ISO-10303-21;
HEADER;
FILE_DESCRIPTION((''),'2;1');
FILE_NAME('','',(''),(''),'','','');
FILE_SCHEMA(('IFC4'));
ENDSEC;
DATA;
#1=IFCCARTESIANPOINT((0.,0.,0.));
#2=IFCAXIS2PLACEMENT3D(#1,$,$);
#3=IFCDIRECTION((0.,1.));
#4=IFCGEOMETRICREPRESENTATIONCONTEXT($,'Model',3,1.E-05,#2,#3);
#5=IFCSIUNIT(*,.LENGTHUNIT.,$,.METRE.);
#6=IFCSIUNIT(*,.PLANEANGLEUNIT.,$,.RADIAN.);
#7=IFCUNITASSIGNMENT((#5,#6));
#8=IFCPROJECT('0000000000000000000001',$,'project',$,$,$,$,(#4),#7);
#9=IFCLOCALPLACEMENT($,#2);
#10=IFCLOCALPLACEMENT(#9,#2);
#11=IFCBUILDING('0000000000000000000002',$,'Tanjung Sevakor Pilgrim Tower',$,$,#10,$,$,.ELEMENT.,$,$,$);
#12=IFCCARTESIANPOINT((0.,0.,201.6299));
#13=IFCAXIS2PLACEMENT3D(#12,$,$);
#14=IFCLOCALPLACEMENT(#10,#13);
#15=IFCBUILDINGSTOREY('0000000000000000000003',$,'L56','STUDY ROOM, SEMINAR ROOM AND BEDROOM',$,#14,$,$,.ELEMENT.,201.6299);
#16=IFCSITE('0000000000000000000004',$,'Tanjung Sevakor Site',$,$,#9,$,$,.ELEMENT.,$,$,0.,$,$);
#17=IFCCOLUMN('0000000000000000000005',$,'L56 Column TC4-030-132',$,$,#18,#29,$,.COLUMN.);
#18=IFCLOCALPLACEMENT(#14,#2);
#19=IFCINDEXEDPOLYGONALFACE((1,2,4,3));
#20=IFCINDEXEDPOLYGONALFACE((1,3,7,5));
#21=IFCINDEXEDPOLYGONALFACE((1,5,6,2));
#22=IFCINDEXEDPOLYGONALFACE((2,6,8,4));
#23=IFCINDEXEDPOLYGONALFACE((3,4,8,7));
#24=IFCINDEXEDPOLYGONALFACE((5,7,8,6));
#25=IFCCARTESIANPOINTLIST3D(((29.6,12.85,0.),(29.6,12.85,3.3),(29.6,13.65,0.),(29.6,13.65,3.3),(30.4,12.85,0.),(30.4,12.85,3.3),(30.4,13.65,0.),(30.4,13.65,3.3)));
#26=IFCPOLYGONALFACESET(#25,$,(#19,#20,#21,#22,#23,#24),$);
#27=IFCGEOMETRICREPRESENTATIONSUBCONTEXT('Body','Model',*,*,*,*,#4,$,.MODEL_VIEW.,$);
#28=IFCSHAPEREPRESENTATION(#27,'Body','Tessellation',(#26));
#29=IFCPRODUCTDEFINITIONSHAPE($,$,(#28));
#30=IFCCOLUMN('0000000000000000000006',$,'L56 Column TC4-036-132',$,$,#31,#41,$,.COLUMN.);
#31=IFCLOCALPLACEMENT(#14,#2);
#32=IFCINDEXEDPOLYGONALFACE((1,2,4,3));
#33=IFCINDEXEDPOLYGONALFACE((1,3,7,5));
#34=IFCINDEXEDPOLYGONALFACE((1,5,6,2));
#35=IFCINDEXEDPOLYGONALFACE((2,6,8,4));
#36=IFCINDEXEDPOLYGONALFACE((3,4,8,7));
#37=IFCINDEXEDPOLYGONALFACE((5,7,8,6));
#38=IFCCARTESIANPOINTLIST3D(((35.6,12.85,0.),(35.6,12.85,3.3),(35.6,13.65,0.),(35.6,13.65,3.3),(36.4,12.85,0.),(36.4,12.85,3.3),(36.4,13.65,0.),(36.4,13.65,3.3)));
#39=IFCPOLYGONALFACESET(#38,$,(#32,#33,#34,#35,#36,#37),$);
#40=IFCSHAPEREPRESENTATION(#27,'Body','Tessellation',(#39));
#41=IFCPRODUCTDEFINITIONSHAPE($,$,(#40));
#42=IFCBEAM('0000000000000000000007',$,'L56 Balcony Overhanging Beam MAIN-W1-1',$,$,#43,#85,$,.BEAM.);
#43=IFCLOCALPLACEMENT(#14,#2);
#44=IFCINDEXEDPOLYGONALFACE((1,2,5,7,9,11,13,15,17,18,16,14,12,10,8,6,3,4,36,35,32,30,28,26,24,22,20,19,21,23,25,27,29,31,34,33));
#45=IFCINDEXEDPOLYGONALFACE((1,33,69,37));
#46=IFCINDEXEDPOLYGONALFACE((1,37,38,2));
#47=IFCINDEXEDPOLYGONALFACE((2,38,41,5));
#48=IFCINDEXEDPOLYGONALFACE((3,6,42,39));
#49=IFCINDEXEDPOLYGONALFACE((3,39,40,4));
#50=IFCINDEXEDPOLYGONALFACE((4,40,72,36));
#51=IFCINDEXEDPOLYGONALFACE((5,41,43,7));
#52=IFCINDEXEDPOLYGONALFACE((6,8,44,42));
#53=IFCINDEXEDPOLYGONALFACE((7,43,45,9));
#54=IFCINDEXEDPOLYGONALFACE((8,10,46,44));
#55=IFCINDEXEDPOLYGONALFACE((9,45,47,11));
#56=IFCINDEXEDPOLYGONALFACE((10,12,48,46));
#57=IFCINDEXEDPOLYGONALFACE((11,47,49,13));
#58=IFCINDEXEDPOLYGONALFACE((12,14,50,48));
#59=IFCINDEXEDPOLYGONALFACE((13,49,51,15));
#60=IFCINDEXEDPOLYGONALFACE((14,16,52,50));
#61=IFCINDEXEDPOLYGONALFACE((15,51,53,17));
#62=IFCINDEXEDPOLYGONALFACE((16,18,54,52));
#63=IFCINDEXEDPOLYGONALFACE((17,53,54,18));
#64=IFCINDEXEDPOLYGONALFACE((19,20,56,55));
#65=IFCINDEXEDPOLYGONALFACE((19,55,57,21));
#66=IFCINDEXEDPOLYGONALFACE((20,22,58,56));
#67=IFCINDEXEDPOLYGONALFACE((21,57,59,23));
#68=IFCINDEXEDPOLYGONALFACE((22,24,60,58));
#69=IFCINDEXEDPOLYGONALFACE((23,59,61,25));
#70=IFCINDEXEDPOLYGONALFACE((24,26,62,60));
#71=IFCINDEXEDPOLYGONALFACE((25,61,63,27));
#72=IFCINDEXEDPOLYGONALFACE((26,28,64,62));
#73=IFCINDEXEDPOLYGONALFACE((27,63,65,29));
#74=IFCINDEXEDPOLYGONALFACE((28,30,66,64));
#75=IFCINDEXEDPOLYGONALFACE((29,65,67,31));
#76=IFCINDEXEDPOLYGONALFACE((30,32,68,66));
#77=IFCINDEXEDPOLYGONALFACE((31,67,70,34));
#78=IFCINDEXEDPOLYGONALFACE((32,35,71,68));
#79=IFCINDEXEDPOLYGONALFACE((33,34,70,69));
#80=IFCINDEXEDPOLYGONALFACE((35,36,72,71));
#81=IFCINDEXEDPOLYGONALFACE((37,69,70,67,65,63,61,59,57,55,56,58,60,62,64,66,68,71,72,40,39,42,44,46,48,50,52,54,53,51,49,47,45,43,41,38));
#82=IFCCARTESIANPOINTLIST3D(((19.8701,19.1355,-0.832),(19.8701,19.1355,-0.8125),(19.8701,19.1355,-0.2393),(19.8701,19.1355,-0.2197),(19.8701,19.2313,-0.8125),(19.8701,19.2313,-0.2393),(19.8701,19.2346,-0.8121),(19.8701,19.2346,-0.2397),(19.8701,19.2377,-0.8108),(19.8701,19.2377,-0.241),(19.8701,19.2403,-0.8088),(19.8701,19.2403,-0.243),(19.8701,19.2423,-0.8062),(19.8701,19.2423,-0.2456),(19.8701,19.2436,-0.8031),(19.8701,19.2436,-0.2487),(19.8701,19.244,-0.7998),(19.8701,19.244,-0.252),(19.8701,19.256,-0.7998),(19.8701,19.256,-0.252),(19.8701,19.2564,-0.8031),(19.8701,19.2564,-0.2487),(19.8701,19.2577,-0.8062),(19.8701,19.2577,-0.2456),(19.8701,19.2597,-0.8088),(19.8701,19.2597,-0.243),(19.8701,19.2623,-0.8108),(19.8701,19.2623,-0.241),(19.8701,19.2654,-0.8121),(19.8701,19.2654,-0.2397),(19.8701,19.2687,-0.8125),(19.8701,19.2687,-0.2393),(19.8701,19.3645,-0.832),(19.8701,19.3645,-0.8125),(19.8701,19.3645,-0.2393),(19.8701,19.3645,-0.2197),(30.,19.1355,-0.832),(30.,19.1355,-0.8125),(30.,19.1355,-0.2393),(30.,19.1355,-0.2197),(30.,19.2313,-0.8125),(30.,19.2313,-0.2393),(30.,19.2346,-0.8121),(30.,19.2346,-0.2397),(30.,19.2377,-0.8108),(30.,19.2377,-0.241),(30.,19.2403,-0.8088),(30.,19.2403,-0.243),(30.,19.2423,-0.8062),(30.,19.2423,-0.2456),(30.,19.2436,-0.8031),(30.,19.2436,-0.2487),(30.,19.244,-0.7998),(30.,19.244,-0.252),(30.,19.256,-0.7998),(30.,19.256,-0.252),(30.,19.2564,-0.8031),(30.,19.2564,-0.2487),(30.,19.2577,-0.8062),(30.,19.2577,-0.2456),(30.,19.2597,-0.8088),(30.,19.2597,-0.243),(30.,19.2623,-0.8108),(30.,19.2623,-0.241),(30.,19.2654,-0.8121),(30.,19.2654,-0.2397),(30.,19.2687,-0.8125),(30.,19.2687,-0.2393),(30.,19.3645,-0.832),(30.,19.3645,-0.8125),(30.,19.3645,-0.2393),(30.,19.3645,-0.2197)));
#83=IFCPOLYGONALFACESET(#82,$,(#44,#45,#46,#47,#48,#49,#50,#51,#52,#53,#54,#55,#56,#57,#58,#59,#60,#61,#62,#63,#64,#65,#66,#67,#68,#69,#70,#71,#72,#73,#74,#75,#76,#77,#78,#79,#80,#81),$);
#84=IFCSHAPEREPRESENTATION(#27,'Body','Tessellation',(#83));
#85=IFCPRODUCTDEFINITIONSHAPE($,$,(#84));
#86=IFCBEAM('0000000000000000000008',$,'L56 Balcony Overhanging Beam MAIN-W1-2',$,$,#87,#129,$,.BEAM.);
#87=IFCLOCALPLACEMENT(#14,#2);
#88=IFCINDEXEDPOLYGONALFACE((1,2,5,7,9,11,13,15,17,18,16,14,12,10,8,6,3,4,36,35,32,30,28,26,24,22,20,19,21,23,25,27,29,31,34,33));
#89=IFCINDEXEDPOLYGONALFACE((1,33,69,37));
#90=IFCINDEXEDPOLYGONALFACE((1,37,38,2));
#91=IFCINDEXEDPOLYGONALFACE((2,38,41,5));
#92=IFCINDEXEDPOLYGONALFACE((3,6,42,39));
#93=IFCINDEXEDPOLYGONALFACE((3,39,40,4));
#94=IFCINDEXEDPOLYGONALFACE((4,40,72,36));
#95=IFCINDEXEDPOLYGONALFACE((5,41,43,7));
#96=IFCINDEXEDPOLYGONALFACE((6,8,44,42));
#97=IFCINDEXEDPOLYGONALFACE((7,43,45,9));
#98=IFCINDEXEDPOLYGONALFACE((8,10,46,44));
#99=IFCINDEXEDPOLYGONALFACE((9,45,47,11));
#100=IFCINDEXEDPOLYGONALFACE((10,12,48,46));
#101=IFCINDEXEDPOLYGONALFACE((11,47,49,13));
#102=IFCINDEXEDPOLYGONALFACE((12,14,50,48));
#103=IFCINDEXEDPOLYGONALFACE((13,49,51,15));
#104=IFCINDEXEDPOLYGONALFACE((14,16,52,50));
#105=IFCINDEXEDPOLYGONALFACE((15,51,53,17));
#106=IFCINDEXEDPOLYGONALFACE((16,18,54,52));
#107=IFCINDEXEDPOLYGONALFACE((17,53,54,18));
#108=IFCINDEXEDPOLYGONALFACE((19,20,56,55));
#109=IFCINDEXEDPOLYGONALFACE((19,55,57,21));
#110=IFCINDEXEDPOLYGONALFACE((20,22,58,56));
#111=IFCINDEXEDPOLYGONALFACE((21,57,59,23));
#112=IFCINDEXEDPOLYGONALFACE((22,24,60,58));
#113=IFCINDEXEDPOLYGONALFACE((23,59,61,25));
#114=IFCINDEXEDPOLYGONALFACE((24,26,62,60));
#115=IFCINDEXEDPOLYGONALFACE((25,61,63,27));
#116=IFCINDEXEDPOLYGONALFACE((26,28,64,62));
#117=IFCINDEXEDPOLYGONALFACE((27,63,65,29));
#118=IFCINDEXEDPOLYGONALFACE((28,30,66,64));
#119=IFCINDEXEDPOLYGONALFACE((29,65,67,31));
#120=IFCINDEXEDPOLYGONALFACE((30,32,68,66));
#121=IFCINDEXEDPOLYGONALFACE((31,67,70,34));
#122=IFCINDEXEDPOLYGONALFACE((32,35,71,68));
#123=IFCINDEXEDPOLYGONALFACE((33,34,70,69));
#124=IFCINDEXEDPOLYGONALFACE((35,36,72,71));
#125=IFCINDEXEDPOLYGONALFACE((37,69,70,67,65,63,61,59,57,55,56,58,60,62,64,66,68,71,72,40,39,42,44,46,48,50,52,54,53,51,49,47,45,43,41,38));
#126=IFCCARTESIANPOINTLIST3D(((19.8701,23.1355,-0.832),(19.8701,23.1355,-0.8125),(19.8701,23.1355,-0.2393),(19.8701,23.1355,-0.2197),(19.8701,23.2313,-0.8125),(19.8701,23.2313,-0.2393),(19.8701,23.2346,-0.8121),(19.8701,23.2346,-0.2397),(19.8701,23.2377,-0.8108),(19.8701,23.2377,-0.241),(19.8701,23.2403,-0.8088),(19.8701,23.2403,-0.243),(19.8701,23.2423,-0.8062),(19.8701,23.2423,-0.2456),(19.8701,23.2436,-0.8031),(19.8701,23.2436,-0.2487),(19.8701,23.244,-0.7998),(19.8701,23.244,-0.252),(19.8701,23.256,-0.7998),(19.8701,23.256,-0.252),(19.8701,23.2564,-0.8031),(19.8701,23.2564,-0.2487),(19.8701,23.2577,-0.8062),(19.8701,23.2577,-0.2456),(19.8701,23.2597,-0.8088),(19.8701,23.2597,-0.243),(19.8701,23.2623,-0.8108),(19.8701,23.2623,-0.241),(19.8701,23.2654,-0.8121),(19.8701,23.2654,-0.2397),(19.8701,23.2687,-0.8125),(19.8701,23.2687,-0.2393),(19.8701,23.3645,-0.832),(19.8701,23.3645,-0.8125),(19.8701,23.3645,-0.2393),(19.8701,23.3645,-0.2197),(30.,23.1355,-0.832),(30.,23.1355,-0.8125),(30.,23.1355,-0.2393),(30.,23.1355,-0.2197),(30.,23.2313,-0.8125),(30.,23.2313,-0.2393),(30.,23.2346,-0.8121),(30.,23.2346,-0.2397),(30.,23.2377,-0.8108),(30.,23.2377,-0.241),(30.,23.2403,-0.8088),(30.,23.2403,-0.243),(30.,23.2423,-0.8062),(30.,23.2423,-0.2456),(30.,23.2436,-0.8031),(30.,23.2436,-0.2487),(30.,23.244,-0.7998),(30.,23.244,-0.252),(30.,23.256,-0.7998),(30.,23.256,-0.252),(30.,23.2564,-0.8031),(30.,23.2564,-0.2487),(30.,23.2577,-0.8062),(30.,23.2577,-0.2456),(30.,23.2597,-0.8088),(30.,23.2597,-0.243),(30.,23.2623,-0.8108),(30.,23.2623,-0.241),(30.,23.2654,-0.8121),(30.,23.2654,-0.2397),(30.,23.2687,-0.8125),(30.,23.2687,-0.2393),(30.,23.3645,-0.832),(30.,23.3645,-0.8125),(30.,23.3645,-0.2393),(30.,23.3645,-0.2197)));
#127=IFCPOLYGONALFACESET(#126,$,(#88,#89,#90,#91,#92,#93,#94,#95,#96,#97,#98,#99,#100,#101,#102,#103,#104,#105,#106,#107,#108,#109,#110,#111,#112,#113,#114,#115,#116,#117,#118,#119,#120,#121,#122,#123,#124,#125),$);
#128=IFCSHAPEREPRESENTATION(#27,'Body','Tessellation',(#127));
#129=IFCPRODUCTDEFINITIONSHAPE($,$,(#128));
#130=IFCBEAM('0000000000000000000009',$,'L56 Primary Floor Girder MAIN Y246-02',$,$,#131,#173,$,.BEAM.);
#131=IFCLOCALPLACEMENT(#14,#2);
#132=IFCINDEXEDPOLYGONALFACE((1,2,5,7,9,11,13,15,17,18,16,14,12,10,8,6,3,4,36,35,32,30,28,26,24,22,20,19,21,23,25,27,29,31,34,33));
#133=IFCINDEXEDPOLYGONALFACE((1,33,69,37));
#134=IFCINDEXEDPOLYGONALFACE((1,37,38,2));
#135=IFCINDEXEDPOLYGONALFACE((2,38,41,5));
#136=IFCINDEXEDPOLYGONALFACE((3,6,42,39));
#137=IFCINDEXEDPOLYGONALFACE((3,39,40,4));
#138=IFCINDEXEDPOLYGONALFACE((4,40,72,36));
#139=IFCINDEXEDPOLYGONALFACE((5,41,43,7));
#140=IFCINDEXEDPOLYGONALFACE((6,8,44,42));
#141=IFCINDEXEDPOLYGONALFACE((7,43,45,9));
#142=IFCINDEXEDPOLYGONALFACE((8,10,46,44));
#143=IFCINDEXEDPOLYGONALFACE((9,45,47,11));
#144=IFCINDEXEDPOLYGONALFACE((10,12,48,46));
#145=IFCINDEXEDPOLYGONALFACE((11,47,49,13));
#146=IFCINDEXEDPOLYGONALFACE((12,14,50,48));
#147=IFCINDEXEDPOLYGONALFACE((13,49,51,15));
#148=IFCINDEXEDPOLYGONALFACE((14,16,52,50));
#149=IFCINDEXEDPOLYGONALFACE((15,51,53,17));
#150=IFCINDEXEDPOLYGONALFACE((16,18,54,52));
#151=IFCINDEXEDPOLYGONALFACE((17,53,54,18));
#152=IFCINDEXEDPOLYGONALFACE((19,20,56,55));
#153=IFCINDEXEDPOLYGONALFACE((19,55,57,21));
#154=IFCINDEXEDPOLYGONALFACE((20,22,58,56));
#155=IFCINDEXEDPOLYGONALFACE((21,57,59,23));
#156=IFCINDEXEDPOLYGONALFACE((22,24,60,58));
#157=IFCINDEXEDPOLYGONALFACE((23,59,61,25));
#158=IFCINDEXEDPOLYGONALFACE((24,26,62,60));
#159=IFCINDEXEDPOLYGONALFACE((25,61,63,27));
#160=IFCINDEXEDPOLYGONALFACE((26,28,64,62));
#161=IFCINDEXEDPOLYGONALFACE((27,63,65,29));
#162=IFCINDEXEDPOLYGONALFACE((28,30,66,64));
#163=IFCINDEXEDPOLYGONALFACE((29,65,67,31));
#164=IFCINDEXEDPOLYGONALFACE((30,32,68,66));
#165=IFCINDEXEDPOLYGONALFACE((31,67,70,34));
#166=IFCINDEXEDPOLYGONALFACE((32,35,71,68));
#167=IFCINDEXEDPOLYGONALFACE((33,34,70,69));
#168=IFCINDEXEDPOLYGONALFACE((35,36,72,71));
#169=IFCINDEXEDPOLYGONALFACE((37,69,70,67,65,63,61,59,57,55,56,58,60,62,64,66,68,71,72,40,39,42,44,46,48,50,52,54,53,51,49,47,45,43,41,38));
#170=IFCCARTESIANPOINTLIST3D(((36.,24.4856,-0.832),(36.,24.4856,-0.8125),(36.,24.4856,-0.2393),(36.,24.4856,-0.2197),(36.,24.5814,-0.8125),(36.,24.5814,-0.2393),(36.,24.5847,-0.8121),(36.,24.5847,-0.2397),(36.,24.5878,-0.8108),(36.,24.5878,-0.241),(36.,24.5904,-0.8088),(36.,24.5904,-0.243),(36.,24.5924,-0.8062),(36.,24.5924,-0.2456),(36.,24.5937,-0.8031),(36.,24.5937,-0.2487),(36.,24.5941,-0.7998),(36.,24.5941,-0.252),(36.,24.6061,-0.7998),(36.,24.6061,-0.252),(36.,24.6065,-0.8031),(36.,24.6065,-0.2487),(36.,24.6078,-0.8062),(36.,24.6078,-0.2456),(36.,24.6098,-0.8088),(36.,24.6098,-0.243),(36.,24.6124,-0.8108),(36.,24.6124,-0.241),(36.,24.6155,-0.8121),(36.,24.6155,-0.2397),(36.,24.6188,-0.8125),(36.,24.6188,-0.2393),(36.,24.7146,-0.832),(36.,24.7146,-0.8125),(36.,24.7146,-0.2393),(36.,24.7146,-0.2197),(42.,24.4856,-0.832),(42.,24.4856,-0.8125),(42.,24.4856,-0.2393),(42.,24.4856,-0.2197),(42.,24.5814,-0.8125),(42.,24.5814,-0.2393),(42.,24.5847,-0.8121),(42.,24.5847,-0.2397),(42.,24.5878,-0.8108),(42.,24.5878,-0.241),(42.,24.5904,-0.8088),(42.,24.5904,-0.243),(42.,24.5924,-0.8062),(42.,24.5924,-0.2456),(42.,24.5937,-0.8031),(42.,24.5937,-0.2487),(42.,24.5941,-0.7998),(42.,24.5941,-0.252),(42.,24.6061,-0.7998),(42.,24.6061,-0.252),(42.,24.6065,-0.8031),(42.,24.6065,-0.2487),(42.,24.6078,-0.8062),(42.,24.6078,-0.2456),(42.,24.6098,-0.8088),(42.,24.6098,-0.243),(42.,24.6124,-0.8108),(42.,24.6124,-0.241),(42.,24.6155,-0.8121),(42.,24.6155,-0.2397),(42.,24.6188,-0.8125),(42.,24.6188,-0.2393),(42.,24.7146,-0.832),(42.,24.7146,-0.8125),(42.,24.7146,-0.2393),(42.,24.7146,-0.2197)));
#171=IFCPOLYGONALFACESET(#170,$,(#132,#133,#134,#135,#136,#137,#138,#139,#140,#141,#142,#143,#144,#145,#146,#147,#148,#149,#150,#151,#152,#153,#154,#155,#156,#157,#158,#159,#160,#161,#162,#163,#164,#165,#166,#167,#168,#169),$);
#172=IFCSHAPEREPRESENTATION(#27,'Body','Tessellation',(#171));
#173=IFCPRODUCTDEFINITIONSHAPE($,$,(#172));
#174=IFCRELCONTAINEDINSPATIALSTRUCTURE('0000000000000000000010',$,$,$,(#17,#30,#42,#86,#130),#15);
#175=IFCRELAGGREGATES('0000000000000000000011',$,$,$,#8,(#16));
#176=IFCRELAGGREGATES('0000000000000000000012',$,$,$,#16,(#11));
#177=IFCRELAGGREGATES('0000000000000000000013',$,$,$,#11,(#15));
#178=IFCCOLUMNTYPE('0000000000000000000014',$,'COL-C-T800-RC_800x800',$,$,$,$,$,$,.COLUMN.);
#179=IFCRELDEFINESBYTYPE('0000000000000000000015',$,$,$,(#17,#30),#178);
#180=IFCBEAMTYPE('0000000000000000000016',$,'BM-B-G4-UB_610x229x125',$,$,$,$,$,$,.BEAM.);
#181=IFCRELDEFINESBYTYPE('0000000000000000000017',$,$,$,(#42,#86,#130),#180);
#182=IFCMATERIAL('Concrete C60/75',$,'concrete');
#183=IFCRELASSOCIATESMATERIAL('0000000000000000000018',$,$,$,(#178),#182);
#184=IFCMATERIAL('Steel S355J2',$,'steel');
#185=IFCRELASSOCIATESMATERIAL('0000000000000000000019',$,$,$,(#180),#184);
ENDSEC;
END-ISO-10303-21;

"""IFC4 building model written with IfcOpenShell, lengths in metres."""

from ifc_helpers import new_model, si_unit, direction, frame, origin, origin_2d, place, context, subcontext, project, spatial, rectangle, i_section, extrude, material, material_profile, profile_set, type_object, element, save


model = new_model("IFC4")

# Units and contexts
model_context = context("Model", 3, precision=1e-05, world=origin(), true_north=direction((0.0, 1.0)))
body_context = subcontext(model_context, "Body", "Model", "MODEL_VIEW")
ifc_project = project(units=[si_unit("LENGTHUNIT", "METRE"), si_unit("PLANEANGLEUNIT", "RADIAN")], contexts=[model_context])

# Site, building, storey
site_placement = place(None, origin())
site = spatial("IfcSite", under=ifc_project, at=site_placement, Name="Tanjung Sevakor Site", CompositionType="ELEMENT", RefElevation=0.0)
building_placement = place(site_placement, origin())
building = spatial("IfcBuilding", under=site, at=building_placement, Name="Tanjung Sevakor Pilgrim Tower", CompositionType="ELEMENT")
storey_placement = place(building_placement, frame((0.0, 0.0, 201.6299)))
storey = spatial("IfcBuildingStorey", under=building, at=storey_placement, Name="L56", Description="STUDY ROOM, SEMINAR ROOM AND BEDROOM", CompositionType="ELEMENT", Elevation=201.6299)

# Columns
ifc_material_1 = material(Name="Concrete C60/75", Category="concrete")
ifc_material_profile_1 = material_profile(ifc_material_1, rectangle(XDim=0.8, YDim=0.8, at=origin_2d()))
ifc_profile_set_1 = profile_set([ifc_material_profile_1], Name="Concrete C60/75")
column_type = type_object("IfcColumnType", Name="COL-C-T800-RC_800x800", PredefinedType="COLUMN", material=ifc_profile_set_1)
for number, where, z_axis, x_axis, name in (
    (1, (30.0, 13.25, 0.0), (0.0, 0.0, 1.0), (1.0, 0.0, 0.0), "L56 Column TC4-030-132"),
    (2, (36.0, 13.25, 0.0), (0.0, 0.0, 1.0), (1.0, 0.0, 0.0), "L56 Column TC4-036-132"),
):
    element("IfcColumn", number, at=place(storey_placement, frame(where, z_axis=z_axis, x_axis=x_axis)), inside=storey, type_object=column_type, Name=name, PredefinedType="COLUMN", context=body_context, shape_type="SweptSolid", body=[
        extrude(rectangle(XDim=0.8, YDim=0.8, at=origin_2d()), origin(), (0.0, 0.0, 1.0), 3.3),
    ])

# Beams
ifc_material_2 = material(Name="Steel S355J2", Category="steel")
ifc_material_profile_2 = material_profile(ifc_material_2, i_section(OverallWidth=0.229, OverallDepth=0.6123, WebThickness=0.012, FlangeThickness=0.0195, FilletRadius=0.0127, at=origin_2d()))
ifc_profile_set_2 = profile_set([ifc_material_profile_2], Name="Steel S355J2")
beam_type_1 = type_object("IfcBeamType", Name="BM-B-G4-UB_610x229x125", PredefinedType="BEAM", material=ifc_profile_set_2)
for number, where, z_axis, x_axis, name in (
    (3, (30.0, 19.25, -0.5259), (-1.0, 0.0, 0.0), (0.0, -1.0, 0.0), "L56 Balcony Overhanging Beam MAIN-W1-1"),
    (4, (30.0, 23.25, -0.5259), (-1.0, 0.0, 0.0), (0.0, -1.0, 0.0), "L56 Balcony Overhanging Beam MAIN-W1-2"),
):
    element("IfcBeam", number, at=place(storey_placement, frame(where, z_axis=z_axis, x_axis=x_axis)), inside=storey, type_object=beam_type_1, Name=name, PredefinedType="BEAM", context=body_context, shape_type="SweptSolid", body=[
        extrude(i_section(OverallWidth=0.229, OverallDepth=0.6123, WebThickness=0.012, FlangeThickness=0.0195, FilletRadius=0.0127, at=origin_2d()), origin(), (0.0, 0.0, 1.0), 10.1299),
    ])
beam_1_placement = place(storey_placement, frame((36.0, 24.6001, -0.5259), z_axis=(1.0, 0.0, 0.0), x_axis=(0.0, 1.0, 0.0)))
element("IfcBeam", 5, at=beam_1_placement, inside=storey, type_object=beam_type_1, Name="L56 Primary Floor Girder MAIN Y246-02", PredefinedType="BEAM", context=body_context, shape_type="SweptSolid", body=[
    extrude(i_section(OverallWidth=0.229, OverallDepth=0.6123, WebThickness=0.012, FlangeThickness=0.0195, FilletRadius=0.0127, at=origin_2d()), origin(), (0.0, 0.0, 1.0), 6.0),
])

save(model, "model.ifc")
